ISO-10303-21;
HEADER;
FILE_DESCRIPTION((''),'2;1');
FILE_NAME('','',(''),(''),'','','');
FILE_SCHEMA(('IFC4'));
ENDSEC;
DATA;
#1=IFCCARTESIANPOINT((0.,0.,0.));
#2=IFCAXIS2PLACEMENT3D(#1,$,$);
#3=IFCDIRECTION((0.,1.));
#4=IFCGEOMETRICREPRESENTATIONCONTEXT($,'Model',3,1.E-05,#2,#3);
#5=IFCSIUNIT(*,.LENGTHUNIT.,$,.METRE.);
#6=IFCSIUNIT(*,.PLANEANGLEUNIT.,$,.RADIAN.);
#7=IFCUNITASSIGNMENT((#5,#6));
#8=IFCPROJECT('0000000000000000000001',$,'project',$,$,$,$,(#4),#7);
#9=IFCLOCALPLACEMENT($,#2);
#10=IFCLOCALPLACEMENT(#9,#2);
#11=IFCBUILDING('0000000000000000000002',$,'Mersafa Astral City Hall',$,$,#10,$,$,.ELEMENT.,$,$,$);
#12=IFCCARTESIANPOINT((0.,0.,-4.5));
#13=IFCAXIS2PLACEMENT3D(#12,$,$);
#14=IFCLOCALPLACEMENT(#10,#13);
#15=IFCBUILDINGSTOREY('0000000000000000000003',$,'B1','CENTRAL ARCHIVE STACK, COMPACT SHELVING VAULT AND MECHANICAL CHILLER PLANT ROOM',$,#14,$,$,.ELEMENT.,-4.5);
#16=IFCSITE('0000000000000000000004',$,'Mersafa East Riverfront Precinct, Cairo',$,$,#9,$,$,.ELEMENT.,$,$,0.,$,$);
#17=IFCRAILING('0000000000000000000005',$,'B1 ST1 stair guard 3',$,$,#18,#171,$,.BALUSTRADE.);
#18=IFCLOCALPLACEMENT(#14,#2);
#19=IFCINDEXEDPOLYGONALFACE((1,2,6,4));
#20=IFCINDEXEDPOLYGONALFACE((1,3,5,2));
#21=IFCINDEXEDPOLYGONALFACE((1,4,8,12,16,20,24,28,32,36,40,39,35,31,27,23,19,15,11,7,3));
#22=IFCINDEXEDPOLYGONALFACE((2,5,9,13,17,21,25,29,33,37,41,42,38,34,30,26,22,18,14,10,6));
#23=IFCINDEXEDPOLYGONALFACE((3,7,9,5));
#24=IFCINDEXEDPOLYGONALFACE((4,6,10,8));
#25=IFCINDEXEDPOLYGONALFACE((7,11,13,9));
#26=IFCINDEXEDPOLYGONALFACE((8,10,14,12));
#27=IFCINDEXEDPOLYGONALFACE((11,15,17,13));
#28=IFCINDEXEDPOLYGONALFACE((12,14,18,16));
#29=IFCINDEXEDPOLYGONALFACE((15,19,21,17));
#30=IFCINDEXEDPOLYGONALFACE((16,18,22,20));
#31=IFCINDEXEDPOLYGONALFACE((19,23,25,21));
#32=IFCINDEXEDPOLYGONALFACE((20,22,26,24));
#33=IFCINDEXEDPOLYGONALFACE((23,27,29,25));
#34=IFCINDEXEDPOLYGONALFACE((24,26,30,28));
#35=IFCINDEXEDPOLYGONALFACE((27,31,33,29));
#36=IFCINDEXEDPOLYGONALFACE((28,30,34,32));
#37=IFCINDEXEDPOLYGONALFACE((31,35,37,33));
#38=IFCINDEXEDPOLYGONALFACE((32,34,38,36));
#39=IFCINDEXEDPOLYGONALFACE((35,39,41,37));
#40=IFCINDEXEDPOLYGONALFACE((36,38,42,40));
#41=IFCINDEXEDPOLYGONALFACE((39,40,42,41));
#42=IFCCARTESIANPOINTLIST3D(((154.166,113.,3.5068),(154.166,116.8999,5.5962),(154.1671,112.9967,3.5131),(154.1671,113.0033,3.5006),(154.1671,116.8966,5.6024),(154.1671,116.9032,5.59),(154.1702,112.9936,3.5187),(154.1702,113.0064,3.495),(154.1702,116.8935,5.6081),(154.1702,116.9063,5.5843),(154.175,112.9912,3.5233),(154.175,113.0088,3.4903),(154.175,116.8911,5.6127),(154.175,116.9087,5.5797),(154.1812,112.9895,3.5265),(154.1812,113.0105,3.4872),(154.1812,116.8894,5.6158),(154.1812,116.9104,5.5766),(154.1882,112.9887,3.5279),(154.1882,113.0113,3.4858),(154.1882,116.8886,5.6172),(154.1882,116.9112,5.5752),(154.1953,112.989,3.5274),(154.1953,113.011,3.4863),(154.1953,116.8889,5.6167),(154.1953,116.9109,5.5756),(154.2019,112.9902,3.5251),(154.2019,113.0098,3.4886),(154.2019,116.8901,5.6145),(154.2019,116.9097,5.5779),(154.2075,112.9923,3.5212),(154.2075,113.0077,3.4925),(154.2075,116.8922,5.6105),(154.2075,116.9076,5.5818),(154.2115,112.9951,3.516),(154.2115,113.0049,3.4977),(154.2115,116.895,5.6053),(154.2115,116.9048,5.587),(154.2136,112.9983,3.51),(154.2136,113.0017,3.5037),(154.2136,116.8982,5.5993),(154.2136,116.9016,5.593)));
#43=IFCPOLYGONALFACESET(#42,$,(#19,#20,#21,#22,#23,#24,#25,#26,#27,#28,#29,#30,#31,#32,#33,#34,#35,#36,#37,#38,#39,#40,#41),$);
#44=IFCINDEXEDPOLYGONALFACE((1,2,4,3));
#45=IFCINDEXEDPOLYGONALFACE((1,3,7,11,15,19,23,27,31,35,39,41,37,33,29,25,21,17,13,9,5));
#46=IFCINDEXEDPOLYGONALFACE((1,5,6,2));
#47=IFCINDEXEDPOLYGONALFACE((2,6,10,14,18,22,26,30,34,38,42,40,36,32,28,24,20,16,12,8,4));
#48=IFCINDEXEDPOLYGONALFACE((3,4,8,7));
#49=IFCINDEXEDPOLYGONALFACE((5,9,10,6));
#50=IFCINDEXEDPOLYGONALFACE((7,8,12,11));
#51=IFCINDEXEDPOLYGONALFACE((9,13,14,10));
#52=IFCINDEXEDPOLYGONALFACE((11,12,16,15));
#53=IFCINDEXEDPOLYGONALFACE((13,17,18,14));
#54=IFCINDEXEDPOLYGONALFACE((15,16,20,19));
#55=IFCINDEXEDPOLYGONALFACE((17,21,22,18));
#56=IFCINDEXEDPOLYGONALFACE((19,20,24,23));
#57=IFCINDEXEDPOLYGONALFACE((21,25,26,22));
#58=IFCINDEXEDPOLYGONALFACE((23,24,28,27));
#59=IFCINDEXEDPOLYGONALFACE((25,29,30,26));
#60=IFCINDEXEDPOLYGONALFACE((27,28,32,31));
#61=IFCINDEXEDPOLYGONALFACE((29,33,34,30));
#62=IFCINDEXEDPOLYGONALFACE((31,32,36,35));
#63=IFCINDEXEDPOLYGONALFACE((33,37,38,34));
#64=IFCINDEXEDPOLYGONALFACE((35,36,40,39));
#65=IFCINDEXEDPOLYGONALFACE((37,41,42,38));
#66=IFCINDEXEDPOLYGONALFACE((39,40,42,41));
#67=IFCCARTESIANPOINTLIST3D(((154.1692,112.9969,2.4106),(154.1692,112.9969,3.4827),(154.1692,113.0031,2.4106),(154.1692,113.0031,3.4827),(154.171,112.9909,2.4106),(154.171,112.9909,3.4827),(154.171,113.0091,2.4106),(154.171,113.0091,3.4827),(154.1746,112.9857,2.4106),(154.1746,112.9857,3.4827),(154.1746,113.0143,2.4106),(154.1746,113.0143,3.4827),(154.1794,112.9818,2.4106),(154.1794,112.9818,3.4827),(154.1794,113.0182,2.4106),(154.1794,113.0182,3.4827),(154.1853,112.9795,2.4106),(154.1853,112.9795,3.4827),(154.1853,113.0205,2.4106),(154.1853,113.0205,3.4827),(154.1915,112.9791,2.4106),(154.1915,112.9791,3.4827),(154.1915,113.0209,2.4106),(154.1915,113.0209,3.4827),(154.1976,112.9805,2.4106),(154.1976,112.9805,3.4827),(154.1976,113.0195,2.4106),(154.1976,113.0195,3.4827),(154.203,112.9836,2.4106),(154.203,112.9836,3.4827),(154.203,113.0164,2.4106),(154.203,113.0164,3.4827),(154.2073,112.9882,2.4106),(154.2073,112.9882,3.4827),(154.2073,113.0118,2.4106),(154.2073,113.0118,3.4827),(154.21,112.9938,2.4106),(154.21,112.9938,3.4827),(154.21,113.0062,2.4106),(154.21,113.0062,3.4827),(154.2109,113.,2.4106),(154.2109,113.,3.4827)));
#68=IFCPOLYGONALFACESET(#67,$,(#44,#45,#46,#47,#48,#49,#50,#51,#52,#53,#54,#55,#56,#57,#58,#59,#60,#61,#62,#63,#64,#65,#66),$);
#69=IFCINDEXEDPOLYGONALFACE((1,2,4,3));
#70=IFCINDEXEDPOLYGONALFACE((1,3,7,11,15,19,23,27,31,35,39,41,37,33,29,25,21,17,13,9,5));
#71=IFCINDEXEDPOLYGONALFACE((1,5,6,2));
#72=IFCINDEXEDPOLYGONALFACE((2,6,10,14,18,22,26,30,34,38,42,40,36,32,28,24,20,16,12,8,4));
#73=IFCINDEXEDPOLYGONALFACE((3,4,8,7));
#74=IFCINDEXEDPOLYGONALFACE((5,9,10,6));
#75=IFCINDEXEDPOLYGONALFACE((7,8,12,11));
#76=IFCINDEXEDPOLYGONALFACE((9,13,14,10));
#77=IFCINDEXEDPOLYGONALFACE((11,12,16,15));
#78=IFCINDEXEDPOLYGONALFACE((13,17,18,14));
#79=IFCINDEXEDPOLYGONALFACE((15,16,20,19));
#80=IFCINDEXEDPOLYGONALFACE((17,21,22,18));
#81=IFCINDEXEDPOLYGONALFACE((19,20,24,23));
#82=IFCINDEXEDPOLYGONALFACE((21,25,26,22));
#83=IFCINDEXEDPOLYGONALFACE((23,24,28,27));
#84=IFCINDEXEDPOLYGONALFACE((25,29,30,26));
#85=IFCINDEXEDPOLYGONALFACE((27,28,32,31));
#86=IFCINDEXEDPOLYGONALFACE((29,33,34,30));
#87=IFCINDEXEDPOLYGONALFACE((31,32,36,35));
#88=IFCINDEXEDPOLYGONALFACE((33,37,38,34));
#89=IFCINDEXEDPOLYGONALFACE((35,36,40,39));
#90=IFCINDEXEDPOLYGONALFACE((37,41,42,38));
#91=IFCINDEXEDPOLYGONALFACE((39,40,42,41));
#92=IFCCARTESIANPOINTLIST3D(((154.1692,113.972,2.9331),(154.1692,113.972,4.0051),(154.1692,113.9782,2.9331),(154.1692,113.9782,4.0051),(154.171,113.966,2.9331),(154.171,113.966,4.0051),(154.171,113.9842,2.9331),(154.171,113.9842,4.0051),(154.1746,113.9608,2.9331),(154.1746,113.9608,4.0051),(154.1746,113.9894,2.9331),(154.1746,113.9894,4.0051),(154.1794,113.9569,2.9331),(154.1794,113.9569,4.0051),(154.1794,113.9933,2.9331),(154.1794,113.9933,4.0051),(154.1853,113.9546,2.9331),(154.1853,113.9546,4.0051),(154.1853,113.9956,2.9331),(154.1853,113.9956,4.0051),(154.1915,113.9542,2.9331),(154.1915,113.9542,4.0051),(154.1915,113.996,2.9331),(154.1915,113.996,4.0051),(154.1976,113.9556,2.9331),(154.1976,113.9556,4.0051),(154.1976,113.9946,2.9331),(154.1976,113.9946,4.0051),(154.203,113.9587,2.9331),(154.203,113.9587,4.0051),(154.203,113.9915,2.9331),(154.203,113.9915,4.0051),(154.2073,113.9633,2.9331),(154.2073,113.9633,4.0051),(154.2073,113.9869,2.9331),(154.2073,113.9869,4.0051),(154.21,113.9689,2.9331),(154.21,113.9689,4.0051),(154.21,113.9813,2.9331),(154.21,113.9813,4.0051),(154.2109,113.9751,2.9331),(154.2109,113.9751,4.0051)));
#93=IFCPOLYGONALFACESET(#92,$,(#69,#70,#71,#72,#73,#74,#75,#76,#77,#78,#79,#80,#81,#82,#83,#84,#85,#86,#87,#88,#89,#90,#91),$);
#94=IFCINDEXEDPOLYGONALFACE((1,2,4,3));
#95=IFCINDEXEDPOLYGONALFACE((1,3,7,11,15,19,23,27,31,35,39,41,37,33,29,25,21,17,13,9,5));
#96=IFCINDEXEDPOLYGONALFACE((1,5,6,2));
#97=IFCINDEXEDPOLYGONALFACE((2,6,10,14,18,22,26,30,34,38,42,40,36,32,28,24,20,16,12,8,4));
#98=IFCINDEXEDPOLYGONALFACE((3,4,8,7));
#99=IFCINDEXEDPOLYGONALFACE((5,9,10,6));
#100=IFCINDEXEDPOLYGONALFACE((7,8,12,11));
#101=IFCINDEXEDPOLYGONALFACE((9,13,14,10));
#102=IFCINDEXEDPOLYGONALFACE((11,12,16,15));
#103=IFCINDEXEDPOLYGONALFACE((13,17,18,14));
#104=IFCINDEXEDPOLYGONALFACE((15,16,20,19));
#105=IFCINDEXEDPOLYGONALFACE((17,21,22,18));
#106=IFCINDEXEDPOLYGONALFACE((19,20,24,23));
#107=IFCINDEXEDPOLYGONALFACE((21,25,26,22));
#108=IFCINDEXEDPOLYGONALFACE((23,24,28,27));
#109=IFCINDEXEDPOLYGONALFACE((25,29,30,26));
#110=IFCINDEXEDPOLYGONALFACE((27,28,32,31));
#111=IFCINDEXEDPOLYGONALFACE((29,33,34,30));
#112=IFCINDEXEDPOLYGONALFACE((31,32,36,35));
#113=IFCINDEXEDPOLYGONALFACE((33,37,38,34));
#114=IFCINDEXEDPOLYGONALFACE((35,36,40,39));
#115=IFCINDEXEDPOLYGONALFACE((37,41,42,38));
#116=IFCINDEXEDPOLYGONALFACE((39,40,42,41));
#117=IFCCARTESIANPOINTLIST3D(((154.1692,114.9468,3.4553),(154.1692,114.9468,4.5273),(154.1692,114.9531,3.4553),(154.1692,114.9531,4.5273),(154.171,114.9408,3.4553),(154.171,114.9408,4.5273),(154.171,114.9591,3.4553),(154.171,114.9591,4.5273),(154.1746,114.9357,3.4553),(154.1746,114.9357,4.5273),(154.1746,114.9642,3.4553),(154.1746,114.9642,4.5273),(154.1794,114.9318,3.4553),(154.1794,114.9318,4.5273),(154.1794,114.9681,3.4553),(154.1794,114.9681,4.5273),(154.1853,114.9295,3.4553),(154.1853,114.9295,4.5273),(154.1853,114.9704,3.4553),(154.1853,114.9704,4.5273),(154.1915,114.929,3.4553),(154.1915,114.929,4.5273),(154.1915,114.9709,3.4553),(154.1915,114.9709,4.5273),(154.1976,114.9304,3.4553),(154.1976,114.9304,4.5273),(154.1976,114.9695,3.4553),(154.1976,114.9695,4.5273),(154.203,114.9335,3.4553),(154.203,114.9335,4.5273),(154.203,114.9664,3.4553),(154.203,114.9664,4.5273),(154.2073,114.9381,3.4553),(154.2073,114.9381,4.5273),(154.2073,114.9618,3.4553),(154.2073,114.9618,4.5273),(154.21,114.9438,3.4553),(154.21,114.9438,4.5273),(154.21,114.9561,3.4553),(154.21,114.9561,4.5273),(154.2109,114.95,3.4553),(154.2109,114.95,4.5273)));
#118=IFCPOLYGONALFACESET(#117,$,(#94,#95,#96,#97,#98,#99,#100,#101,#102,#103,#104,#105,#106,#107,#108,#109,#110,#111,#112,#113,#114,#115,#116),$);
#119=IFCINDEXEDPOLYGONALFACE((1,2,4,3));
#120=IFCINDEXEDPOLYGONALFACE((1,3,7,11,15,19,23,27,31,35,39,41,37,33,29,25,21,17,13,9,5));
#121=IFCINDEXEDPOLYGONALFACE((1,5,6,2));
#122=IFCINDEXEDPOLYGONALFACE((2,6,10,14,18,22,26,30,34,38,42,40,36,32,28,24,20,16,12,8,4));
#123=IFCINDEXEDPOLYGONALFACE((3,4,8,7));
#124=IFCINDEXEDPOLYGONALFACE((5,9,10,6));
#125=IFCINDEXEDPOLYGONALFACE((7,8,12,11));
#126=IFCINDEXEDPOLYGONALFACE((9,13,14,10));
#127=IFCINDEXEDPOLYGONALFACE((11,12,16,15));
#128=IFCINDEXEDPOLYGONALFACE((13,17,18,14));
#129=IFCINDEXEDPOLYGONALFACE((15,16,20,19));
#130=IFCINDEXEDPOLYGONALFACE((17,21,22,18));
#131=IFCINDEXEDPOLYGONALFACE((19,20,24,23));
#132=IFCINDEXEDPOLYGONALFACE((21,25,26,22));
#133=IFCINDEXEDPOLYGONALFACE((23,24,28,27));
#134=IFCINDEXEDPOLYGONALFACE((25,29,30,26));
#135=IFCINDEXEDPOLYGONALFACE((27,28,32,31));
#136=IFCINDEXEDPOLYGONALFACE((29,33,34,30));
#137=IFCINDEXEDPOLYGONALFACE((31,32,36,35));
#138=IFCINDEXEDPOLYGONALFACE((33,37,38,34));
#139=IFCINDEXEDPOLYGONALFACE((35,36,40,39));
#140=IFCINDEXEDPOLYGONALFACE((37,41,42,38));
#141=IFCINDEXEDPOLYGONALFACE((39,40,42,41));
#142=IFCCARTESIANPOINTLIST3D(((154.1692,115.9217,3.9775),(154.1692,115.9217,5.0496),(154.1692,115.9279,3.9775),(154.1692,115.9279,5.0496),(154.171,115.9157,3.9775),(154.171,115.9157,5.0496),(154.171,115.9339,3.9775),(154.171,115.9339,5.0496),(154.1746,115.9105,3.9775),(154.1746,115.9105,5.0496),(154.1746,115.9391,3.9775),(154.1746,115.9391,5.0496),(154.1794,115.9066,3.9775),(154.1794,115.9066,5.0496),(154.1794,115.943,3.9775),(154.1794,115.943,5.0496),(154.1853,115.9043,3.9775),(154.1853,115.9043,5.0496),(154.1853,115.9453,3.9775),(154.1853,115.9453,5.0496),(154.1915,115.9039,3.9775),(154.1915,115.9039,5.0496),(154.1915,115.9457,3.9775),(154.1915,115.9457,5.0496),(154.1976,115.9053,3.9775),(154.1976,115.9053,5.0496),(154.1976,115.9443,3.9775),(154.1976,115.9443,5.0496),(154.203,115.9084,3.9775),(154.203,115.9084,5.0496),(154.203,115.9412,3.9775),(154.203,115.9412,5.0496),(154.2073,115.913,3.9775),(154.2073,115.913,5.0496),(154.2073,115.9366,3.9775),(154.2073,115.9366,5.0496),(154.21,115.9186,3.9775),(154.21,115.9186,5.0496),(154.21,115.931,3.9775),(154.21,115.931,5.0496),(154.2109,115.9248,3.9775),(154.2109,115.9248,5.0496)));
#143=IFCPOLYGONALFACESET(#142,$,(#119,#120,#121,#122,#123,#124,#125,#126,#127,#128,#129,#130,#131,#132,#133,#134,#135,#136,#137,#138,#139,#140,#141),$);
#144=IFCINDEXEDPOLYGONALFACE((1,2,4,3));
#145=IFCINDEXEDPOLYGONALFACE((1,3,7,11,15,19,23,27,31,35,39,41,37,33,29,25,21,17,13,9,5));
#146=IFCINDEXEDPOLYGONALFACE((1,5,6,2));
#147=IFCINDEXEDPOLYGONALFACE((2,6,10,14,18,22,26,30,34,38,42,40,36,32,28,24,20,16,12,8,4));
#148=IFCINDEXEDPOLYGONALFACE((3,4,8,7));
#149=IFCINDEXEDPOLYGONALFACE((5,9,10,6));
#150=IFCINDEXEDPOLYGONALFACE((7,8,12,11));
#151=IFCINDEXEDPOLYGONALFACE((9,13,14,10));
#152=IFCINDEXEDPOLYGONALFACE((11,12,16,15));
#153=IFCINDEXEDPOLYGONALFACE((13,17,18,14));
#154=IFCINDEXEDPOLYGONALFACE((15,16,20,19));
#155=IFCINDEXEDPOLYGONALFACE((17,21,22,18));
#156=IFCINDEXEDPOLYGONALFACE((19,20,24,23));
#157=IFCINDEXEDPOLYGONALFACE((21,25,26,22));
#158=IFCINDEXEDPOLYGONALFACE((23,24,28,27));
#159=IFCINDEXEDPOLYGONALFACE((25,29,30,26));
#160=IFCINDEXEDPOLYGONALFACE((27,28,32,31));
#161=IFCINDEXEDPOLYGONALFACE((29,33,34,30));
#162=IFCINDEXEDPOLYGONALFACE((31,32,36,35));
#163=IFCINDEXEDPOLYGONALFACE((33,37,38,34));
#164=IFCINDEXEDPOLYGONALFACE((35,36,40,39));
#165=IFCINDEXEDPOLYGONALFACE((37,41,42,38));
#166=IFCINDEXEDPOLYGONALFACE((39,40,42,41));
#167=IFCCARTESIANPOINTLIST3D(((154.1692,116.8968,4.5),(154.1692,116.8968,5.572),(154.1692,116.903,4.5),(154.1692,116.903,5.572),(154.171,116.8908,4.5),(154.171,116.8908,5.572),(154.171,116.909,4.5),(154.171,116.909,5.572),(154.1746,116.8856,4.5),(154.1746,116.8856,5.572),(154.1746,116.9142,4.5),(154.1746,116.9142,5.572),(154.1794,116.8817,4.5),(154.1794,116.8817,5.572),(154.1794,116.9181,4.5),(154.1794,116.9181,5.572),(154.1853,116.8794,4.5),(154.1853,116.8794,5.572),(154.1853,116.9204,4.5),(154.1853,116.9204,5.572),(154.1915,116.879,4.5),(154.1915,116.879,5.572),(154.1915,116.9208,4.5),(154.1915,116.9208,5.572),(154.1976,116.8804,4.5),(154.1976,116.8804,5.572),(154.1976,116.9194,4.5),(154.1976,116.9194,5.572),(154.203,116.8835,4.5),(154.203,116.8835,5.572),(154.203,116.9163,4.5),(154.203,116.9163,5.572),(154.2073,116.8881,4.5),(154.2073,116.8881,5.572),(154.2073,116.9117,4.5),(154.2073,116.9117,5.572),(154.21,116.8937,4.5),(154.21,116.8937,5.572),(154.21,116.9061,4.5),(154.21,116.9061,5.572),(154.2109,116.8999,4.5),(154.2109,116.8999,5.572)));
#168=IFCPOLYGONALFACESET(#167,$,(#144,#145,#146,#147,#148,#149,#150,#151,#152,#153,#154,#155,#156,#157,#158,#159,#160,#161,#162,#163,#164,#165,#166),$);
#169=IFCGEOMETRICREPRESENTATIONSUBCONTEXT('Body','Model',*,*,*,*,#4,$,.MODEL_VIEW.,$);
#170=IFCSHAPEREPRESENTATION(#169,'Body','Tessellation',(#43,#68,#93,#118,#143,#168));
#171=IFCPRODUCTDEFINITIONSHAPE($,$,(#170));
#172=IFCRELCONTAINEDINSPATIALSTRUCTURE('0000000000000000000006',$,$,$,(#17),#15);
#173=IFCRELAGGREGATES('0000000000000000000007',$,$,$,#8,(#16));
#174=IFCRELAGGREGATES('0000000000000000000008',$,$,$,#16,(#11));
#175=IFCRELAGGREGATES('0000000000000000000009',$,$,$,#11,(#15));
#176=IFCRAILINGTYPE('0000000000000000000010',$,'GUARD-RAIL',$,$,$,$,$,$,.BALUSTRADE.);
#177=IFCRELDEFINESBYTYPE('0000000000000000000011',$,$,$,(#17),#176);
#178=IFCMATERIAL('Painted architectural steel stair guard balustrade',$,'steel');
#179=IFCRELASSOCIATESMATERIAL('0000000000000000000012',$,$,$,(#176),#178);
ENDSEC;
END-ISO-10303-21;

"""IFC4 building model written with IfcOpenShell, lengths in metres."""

from ifc_helpers import new_model, si_unit, direction, frame, origin, origin_2d, place, context, subcontext, project, spatial, circle, extrude, material, type_object, element, save


model = new_model("IFC4")

# Units and contexts
model_context = context("Model", 3, precision=1e-05, world=origin(), true_north=direction((0.0, 1.0)))
body_context = subcontext(model_context, "Body", "Model", "MODEL_VIEW")
ifc_project = project(units=[si_unit("LENGTHUNIT", "METRE"), si_unit("PLANEANGLEUNIT", "RADIAN")], contexts=[model_context])

# Site, building, storey
site_placement = place(None, origin())
site = spatial("IfcSite", under=ifc_project, at=site_placement, Name="Mersafa East Riverfront Precinct, Cairo", CompositionType="ELEMENT", RefElevation=0.0)
building_placement = place(site_placement, origin())
building = spatial("IfcBuilding", under=site, at=building_placement, Name="Mersafa Astral City Hall", CompositionType="ELEMENT")
storey_placement = place(building_placement, frame((0.0, 0.0, -4.5)))
storey = spatial("IfcBuildingStorey", under=building, at=storey_placement, Name="B1", Description="CENTRAL ARCHIVE STACK, COMPACT SHELVING VAULT AND MECHANICAL CHILLER PLANT ROOM", CompositionType="ELEMENT", Elevation=-4.5)

# Railing
ifc_material_1 = material(Name="Painted architectural steel stair guard balustrade", Category="steel")
railing_type_1 = type_object("IfcRailingType", Name="GUARD-RAIL", PredefinedType="BALUSTRADE", material=ifc_material_1)
railing_1_placement = place(storey_placement, frame((154.1899, 113.0, 2.4106)))
element("IfcRailing", 1, at=railing_1_placement, inside=storey, type_object=railing_type_1, Name="B1 ST1 stair guard 3", PredefinedType="BALUSTRADE", context=body_context, shape_type="SweptSolid", body=[
    extrude(circle(Radius=0.0239, at=origin_2d()), frame((0.0, 0.0, 1.0962), z_axis=(0.0, 0.881468, 0.472243), x_axis=(-1.0, 0.0, 0.0)), (0.0, 0.0, 1.0), 4.4243),
    extrude(circle(Radius=0.021, at=origin_2d()), origin(), (0.0, 0.0, 1.0), 1.072),
    extrude(circle(Radius=0.021, at=origin_2d()), frame((0.0, 0.9751, 0.5225)), (0.0, 0.0, 1.0), 1.072),
    extrude(circle(Radius=0.021, at=origin_2d()), frame((0.0, 1.95, 1.0447)), (0.0, 0.0, 1.0), 1.072),
    extrude(circle(Radius=0.021, at=origin_2d()), frame((0.0, 2.9248, 1.5669)), (0.0, 0.0, 1.0), 1.072),
    extrude(circle(Radius=0.021, at=origin_2d()), frame((0.0, 3.8999, 2.0894)), (0.0, 0.0, 1.0), 1.072),
])

save(model, "model.ifc")
